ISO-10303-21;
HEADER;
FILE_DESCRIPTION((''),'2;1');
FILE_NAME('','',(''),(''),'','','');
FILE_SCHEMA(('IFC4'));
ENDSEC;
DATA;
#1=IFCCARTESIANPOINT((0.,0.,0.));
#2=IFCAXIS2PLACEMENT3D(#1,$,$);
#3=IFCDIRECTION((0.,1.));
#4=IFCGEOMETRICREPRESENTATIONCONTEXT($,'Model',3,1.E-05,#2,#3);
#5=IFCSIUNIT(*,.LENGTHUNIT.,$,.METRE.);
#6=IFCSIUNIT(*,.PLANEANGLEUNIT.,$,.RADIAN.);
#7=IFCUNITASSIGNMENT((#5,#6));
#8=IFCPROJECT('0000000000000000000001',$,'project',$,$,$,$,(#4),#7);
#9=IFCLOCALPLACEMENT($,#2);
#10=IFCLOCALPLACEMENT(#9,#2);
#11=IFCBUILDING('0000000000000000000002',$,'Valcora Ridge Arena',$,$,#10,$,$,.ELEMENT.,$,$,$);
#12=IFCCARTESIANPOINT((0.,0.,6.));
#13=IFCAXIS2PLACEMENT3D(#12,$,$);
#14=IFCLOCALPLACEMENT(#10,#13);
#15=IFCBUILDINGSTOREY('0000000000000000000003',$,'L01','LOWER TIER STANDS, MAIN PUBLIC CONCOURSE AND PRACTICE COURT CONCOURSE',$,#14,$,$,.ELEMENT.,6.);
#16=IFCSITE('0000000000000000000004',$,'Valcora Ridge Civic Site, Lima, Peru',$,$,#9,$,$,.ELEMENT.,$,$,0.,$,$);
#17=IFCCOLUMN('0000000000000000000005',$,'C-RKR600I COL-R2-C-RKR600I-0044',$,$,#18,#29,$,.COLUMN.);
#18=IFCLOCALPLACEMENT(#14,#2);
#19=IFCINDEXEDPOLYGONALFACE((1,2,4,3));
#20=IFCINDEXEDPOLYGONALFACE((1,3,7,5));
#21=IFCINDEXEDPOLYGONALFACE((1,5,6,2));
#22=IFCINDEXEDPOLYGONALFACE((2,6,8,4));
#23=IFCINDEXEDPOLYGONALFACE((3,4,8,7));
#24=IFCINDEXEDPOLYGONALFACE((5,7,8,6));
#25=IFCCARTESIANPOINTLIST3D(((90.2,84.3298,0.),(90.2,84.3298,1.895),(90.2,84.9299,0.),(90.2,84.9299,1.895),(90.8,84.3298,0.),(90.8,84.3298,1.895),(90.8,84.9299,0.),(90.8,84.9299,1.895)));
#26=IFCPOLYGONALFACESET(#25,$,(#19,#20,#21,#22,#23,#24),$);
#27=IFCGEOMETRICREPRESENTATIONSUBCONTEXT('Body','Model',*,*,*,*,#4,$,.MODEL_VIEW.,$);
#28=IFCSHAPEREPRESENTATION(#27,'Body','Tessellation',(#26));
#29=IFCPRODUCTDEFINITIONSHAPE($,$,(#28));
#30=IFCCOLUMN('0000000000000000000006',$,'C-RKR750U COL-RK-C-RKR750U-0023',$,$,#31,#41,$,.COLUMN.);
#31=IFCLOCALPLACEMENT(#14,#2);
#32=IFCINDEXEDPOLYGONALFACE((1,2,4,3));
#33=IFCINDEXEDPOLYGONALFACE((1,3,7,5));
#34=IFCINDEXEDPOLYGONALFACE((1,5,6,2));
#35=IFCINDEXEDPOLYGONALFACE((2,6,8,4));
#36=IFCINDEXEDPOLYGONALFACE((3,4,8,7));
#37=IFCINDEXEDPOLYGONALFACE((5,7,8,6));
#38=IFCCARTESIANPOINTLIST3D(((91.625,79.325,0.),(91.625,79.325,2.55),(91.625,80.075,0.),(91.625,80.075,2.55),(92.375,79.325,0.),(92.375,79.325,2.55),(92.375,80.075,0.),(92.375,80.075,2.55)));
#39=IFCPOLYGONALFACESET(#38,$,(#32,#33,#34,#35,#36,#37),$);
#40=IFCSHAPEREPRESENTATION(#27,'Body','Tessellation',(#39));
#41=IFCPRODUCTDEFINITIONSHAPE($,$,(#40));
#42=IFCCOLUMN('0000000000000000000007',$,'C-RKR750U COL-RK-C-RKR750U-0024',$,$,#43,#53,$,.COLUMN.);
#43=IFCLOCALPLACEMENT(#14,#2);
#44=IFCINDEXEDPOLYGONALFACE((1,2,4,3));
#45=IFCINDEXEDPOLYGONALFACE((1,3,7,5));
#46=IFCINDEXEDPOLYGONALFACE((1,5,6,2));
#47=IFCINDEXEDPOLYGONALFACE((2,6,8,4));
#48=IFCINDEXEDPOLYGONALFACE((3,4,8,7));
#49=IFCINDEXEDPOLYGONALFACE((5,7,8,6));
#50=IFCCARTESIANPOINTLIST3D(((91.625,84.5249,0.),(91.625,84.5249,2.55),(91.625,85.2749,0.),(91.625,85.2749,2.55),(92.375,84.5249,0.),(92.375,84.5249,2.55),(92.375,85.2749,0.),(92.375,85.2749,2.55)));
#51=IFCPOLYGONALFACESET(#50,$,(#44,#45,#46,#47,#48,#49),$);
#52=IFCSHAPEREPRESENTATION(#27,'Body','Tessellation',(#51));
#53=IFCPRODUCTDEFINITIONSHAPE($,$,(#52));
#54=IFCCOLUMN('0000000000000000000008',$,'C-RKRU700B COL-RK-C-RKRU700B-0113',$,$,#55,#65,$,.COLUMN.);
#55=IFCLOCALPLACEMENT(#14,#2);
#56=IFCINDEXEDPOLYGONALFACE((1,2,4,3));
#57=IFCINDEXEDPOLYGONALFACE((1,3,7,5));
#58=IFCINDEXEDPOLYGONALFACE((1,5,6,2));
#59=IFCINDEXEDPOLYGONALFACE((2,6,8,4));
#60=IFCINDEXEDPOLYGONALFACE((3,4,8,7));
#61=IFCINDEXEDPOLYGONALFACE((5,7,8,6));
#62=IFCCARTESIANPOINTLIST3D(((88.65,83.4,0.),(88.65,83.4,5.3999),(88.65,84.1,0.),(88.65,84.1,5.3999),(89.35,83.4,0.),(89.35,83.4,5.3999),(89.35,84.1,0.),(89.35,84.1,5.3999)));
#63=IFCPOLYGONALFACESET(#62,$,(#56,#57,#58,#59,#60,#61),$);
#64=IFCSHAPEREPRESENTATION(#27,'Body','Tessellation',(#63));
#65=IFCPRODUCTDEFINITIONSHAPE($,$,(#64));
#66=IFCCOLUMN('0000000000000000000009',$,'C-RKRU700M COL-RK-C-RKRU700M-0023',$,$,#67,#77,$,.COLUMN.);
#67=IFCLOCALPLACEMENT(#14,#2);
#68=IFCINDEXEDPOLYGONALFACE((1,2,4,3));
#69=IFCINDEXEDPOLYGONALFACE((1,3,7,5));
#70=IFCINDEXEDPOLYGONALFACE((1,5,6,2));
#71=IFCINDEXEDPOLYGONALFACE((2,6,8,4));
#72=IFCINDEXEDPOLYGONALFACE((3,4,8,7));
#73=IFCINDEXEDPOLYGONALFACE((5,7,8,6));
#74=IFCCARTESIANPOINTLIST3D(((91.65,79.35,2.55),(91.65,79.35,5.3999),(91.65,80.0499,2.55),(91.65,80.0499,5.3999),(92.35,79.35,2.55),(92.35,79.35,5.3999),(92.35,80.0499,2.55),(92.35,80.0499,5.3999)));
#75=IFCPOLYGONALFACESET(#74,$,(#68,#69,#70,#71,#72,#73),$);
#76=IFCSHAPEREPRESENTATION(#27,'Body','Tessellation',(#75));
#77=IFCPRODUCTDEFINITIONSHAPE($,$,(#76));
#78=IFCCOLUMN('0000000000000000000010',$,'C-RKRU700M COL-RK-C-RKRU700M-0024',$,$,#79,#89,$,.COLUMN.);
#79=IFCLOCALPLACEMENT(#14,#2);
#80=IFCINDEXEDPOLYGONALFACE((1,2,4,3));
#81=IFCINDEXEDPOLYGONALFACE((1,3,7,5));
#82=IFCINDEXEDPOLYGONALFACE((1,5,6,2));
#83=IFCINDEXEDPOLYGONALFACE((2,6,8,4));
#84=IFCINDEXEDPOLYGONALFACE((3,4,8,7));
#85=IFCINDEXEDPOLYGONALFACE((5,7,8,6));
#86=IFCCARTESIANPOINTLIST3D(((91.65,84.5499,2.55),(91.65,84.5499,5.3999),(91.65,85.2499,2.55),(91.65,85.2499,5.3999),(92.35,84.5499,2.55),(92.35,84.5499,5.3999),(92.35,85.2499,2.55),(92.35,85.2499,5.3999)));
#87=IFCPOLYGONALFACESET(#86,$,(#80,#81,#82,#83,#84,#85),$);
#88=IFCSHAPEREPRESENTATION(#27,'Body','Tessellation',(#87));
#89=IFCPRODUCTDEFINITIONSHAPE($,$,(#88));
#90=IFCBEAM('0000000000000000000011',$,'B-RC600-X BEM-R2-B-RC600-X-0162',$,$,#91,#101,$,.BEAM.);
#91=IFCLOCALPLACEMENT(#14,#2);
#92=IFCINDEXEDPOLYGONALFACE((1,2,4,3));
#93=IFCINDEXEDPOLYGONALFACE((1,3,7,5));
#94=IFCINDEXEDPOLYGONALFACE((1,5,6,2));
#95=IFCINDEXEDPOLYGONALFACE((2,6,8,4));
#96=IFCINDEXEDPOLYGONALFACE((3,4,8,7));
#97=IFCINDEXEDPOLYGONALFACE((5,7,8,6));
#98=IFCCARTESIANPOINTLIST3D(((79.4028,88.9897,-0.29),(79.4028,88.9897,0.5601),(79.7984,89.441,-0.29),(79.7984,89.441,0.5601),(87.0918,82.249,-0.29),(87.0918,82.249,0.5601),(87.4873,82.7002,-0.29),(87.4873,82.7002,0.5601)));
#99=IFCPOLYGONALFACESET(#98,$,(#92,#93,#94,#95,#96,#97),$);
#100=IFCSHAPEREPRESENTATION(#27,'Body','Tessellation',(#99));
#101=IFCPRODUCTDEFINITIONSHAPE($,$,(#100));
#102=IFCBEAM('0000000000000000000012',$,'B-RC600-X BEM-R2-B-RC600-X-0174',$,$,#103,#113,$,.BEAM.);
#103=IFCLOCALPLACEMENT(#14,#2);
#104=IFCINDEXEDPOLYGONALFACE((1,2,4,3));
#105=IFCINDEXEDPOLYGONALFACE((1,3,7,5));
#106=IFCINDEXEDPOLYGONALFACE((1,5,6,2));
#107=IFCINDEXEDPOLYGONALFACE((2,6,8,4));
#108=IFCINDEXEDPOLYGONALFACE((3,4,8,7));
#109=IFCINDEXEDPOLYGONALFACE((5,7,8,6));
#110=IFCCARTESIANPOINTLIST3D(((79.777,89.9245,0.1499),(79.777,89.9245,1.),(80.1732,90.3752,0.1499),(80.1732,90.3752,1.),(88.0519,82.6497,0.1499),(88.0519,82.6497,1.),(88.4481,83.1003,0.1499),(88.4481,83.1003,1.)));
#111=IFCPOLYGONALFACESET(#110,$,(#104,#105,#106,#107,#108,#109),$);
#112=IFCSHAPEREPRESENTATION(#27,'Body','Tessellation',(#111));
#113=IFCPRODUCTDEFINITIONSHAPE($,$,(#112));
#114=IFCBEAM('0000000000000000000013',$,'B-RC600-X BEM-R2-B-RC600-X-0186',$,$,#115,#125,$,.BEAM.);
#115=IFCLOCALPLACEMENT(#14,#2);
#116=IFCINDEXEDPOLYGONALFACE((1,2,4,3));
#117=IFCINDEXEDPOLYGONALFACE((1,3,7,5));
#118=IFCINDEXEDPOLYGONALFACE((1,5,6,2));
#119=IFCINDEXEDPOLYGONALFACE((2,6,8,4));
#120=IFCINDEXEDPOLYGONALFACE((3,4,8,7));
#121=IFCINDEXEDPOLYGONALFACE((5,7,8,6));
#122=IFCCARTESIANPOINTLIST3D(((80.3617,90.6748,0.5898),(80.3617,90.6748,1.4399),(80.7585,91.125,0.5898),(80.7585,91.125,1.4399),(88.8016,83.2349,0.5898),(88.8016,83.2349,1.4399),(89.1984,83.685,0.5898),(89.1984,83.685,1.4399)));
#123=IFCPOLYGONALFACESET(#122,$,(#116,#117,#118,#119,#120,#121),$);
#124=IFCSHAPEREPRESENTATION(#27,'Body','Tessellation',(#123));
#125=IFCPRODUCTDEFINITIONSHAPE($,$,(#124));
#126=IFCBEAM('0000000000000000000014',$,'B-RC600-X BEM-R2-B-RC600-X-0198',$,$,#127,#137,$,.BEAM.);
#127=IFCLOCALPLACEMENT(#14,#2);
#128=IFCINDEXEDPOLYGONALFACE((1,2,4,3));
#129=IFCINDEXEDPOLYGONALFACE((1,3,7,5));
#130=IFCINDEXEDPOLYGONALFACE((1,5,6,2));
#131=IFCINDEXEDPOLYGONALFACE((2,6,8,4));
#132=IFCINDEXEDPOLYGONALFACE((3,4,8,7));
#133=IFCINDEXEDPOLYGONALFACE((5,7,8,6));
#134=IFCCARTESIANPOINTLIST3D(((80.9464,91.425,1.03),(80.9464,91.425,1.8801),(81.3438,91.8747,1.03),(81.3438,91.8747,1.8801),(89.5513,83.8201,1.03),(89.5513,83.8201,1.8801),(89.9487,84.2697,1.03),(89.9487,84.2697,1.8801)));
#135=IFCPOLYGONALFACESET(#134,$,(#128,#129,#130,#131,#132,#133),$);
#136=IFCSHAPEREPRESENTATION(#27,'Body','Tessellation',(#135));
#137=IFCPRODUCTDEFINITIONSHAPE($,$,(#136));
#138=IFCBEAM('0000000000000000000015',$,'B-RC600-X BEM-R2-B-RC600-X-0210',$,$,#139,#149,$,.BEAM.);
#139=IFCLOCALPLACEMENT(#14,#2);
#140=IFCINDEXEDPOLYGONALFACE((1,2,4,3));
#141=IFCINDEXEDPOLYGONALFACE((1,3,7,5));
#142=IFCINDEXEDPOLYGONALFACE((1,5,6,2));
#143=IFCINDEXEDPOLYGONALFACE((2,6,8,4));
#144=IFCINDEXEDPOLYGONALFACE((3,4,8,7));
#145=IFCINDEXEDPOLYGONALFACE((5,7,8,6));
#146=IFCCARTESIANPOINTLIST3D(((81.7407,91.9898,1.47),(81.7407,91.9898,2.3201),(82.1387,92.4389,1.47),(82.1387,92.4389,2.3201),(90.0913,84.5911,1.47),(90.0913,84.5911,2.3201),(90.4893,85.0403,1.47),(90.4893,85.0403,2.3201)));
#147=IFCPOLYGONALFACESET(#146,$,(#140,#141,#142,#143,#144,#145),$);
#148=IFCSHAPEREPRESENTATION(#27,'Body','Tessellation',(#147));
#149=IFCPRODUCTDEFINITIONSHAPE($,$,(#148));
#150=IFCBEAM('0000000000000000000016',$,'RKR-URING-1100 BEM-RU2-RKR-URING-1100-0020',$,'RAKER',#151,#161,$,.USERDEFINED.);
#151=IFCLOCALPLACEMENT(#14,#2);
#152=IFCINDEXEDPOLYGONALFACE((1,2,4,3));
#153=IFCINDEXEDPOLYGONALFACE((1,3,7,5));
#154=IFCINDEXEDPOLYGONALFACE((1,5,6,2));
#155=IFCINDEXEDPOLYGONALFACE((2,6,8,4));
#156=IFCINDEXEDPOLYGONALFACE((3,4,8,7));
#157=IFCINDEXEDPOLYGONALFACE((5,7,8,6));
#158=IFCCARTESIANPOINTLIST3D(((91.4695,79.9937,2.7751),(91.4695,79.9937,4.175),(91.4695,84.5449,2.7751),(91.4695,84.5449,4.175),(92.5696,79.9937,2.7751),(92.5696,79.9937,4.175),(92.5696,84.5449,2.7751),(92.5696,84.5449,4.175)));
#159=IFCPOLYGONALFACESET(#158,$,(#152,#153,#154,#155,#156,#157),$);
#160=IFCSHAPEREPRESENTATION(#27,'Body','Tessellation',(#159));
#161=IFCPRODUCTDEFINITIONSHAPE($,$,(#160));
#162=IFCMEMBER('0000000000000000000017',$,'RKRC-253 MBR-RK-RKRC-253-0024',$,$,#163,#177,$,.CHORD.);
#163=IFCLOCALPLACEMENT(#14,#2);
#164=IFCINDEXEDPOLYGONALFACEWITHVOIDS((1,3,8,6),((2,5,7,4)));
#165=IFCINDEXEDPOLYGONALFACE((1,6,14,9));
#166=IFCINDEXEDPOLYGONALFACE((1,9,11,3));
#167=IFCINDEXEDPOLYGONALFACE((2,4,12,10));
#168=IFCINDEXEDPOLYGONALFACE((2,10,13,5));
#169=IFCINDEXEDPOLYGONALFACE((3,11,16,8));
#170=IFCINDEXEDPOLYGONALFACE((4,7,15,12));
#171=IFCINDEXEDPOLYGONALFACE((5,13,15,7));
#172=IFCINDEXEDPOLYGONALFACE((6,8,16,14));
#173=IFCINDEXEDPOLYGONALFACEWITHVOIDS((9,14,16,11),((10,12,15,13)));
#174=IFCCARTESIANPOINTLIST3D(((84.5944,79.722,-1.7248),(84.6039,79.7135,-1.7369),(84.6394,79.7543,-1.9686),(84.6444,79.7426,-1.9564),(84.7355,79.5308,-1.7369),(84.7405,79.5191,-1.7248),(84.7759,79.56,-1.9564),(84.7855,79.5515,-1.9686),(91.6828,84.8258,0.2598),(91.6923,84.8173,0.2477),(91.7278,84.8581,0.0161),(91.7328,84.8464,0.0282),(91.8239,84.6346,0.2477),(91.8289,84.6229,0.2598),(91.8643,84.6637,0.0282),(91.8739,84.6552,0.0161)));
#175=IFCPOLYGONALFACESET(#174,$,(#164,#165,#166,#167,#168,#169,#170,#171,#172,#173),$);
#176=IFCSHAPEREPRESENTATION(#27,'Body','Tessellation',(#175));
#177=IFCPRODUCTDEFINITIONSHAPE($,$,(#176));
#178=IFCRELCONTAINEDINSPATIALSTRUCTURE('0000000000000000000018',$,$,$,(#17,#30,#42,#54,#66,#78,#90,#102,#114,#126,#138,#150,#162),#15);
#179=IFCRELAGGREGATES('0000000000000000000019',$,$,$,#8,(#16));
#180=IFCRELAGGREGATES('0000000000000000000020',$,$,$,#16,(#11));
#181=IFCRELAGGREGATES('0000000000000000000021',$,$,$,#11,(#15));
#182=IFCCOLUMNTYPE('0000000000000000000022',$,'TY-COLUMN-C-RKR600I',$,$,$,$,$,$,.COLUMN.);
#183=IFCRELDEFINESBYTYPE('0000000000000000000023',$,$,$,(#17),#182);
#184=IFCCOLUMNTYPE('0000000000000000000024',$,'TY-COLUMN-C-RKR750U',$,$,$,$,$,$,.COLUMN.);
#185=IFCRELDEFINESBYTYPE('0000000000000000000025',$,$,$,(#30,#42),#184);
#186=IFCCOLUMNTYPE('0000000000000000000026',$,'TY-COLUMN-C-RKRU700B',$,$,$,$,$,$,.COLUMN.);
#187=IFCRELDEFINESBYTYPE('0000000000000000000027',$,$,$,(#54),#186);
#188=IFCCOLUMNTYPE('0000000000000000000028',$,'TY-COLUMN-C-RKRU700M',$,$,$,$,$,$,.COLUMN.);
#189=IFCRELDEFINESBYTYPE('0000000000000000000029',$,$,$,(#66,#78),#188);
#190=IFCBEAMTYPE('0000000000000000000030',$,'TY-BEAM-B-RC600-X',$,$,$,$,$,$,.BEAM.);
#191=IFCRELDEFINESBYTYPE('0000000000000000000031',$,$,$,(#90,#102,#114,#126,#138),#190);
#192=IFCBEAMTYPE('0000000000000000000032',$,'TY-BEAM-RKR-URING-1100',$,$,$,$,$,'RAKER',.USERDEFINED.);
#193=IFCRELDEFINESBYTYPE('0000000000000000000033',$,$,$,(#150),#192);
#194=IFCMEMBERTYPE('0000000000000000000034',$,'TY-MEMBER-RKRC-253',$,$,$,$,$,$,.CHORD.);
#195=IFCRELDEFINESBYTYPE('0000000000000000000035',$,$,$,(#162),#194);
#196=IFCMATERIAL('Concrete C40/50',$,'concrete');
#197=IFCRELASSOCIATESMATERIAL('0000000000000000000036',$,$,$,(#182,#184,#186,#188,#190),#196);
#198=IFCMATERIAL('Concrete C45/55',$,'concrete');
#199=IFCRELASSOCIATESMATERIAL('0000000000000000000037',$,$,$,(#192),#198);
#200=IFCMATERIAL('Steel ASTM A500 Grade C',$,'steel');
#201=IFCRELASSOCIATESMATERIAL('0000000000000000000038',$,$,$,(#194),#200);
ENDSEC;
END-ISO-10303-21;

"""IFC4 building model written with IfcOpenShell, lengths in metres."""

from ifc_helpers import new_model, si_unit, direction, frame, origin, origin_2d, place, context, subcontext, project, spatial, rectangle, hollow_rectangle, extrude, material, material_profile, profile_set, type_object, element, save


model = new_model("IFC4")

# Units and contexts
model_context = context("Model", 3, precision=1e-05, world=origin(), true_north=direction((0.0, 1.0)))
body_context = subcontext(model_context, "Body", "Model", "MODEL_VIEW")
ifc_project = project(units=[si_unit("LENGTHUNIT", "METRE"), si_unit("PLANEANGLEUNIT", "RADIAN")], contexts=[model_context])

# Site, building, storey
site_placement = place(None, origin())
site = spatial("IfcSite", under=ifc_project, at=site_placement, Name="Valcora Ridge Civic Site, Lima, Peru", CompositionType="ELEMENT", RefElevation=0.0)
building_placement = place(site_placement, origin())
building = spatial("IfcBuilding", under=site, at=building_placement, Name="Valcora Ridge Arena", CompositionType="ELEMENT")
storey_placement = place(building_placement, frame((0.0, 0.0, 6.0)))
storey = spatial("IfcBuildingStorey", under=building, at=storey_placement, Name="L01", Description="LOWER TIER STANDS, MAIN PUBLIC CONCOURSE AND PRACTICE COURT CONCOURSE", CompositionType="ELEMENT", Elevation=6.0)

# Columns
ifc_material_1 = material(Name="Concrete C40/50", Category="concrete")
ifc_material_profile_1 = material_profile(ifc_material_1, rectangle(XDim=0.6001, YDim=0.6001, at=origin_2d()), Name="RC 600x600")
ifc_profile_set_1 = profile_set([ifc_material_profile_1], Name="Concrete C40/50")
column_type_1 = type_object("IfcColumnType", Name="TY-COLUMN-C-RKR600I", PredefinedType="COLUMN", material=ifc_profile_set_1)
column_1_placement = place(storey_placement, frame((90.5, 84.6299, 0.0), z_axis=(0.0, 0.0, 1.0), x_axis=(1.0, 0.0, 0.0)))
element("IfcColumn", 1, at=column_1_placement, inside=storey, type_object=column_type_1, Name="C-RKR600I COL-R2-C-RKR600I-0044", PredefinedType="COLUMN", context=body_context, shape_type="SweptSolid", body=[
    extrude(rectangle(XDim=0.6001, YDim=0.6001, at=origin_2d()), origin(), (0.0, 0.0, 1.0), 1.895),
])
ifc_material_profile_2 = material_profile(ifc_material_1, rectangle(XDim=0.75, YDim=0.75, at=origin_2d()), Name="RC 750x750")
ifc_profile_set_2 = profile_set([ifc_material_profile_2], Name="Concrete C40/50")
column_type_2 = type_object("IfcColumnType", Name="TY-COLUMN-C-RKR750U", PredefinedType="COLUMN", material=ifc_profile_set_2)
for number, where, z_axis, x_axis, name in (
    (2, (92.0, 79.7, 0.0), (0.0, 0.0, 1.0), (1.0, 0.0, 0.0), "C-RKR750U COL-RK-C-RKR750U-0023"),
    (3, (92.0, 84.8999, 0.0), (0.0, 0.0, 1.0), (1.0, 0.0, 0.0), "C-RKR750U COL-RK-C-RKR750U-0024"),
):
    element("IfcColumn", number, at=place(storey_placement, frame(where, z_axis=z_axis, x_axis=x_axis)), inside=storey, type_object=column_type_2, Name=name, PredefinedType="COLUMN", context=body_context, shape_type="SweptSolid", body=[
        extrude(rectangle(XDim=0.75, YDim=0.75, at=origin_2d()), origin(), (0.0, 0.0, 1.0), 2.55),
    ])
ifc_material_profile_3 = material_profile(ifc_material_1, rectangle(XDim=0.7, YDim=0.7, at=origin_2d()), Name="RC 700x700")
ifc_profile_set_3 = profile_set([ifc_material_profile_3], Name="Concrete C40/50")
column_type_3 = type_object("IfcColumnType", Name="TY-COLUMN-C-RKRU700B", PredefinedType="COLUMN", material=ifc_profile_set_3)
column_2_placement = place(storey_placement, frame((89.0, 83.75, 0.0), z_axis=(0.0, 0.0, 1.0), x_axis=(1.0, 0.0, 0.0)))
element("IfcColumn", 4, at=column_2_placement, inside=storey, type_object=column_type_3, Name="C-RKRU700B COL-RK-C-RKRU700B-0113", PredefinedType="COLUMN", context=body_context, shape_type="SweptSolid", body=[
    extrude(rectangle(XDim=0.7, YDim=0.7, at=origin_2d()), origin(), (0.0, 0.0, 1.0), 5.3999),
])
ifc_material_profile_4 = material_profile(ifc_material_1, rectangle(XDim=0.7, YDim=0.7, at=origin_2d()), Name="RC 700x700")
ifc_profile_set_4 = profile_set([ifc_material_profile_4], Name="Concrete C40/50")
column_type_4 = type_object("IfcColumnType", Name="TY-COLUMN-C-RKRU700M", PredefinedType="COLUMN", material=ifc_profile_set_4)
for number, where, z_axis, x_axis, name in (
    (5, (92.0, 79.7, 2.55), (0.0, 0.0, 1.0), (1.0, 0.0, 0.0), "C-RKRU700M COL-RK-C-RKRU700M-0023"),
    (6, (92.0, 84.8999, 2.55), (0.0, 0.0, 1.0), (1.0, 0.0, 0.0), "C-RKRU700M COL-RK-C-RKRU700M-0024"),
):
    element("IfcColumn", number, at=place(storey_placement, frame(where, z_axis=z_axis, x_axis=x_axis)), inside=storey, type_object=column_type_4, Name=name, PredefinedType="COLUMN", context=body_context, shape_type="SweptSolid", body=[
        extrude(rectangle(XDim=0.7, YDim=0.7, at=origin_2d()), origin(), (0.0, 0.0, 1.0), 2.8499),
    ])

# Beams
ifc_material_profile_5 = material_profile(ifc_material_1, rectangle(XDim=0.6001, YDim=0.8501, at=origin_2d()), Name="RC 600x850")
ifc_profile_set_5 = profile_set([ifc_material_profile_5], Name="Concrete C40/50")
beam_type_1 = type_object("IfcBeamType", Name="TY-BEAM-B-RC600-X", PredefinedType="BEAM", material=ifc_profile_set_5)
beam_1_placement = place(storey_placement, frame((87.2896, 82.4746, 0.135), z_axis=(-0.751952, 0.659218, 0.0), x_axis=(-0.659218, -0.751952, 0.0)))
element("IfcBeam", 7, at=beam_1_placement, inside=storey, type_object=beam_type_1, Name="B-RC600-X BEM-R2-B-RC600-X-0162", PredefinedType="BEAM", context=body_context, shape_type="SweptSolid", body=[
    extrude(rectangle(XDim=0.6001, YDim=0.8501, at=origin_2d()), origin(), (0.0, 0.0, 1.0), 10.2253),
])
beam_2_placement = place(storey_placement, frame((88.25, 82.875, 0.575), z_axis=(-0.751029, 0.660269, 0.0), x_axis=(-0.660269, -0.751029, 0.0)))
element("IfcBeam", 8, at=beam_2_placement, inside=storey, type_object=beam_type_1, Name="B-RC600-X BEM-R2-B-RC600-X-0174", PredefinedType="BEAM", context=body_context, shape_type="SweptSolid", body=[
    extrude(rectangle(XDim=0.6001, YDim=0.8501, at=origin_2d()), origin(), (0.0, 0.0, 1.0), 11.0181),
])
beam_3_placement = place(storey_placement, frame((89.0, 83.46, 1.0149), z_axis=(-0.750149, 0.661268, 0.0), x_axis=(-0.661268, -0.750149, 0.0)))
element("IfcBeam", 9, at=beam_3_placement, inside=storey, type_object=beam_type_1, Name="B-RC600-X BEM-R2-B-RC600-X-0186", PredefinedType="BEAM", context=body_context, shape_type="SweptSolid", body=[
    extrude(rectangle(XDim=0.6001, YDim=0.8501, at=origin_2d()), origin(), (0.0, 0.0, 1.0), 11.251),
])
beam_4_placement = place(storey_placement, frame((89.75, 84.0449, 1.4551), z_axis=(-0.749304, 0.662226, 0.0), x_axis=(-0.662226, -0.749304, 0.0)))
element("IfcBeam", 10, at=beam_4_placement, inside=storey, type_object=beam_type_1, Name="B-RC600-X BEM-R2-B-RC600-X-0198", PredefinedType="BEAM", context=body_context, shape_type="SweptSolid", body=[
    extrude(rectangle(XDim=0.6001, YDim=0.8501, at=origin_2d()), origin(), (0.0, 0.0, 1.0), 11.4839),
])
beam_5_placement = place(storey_placement, frame((90.2903, 84.8157, 1.895), z_axis=(-0.748479, 0.663158, 0.0), x_axis=(-0.663158, -0.748479, 0.0)))
element("IfcBeam", 11, at=beam_5_placement, inside=storey, type_object=beam_type_1, Name="B-RC600-X BEM-R2-B-RC600-X-0210", PredefinedType="BEAM", context=body_context, shape_type="SweptSolid", body=[
    extrude(rectangle(XDim=0.6001, YDim=0.8501, at=origin_2d()), origin(), (0.0, 0.0, 1.0), 11.1567),
])
ifc_material_2 = material(Name="Concrete C45/55", Category="concrete")
ifc_material_profile_6 = material_profile(ifc_material_2, rectangle(XDim=1.1001, YDim=1.3999, at=origin_2d()), Name="RC 1100x1400")
ifc_profile_set_6 = profile_set([ifc_material_profile_6], Name="Concrete C45/55")
beam_type_2 = type_object("IfcBeamType", Name="TY-BEAM-RKR-URING-1100", ElementType="RAKER", PredefinedType="USERDEFINED", material=ifc_profile_set_6)
beam_6_placement = place(storey_placement, frame((92.0195, 79.9937, 3.4751), z_axis=(0.0, 1.0, 0.0), x_axis=(-1.0, 0.0, 0.0)))
element("IfcBeam", 12, at=beam_6_placement, inside=storey, type_object=beam_type_2, Name="RKR-URING-1100 BEM-RU2-RKR-URING-1100-0020", ObjectType="RAKER", PredefinedType="USERDEFINED", context=body_context, shape_type="SweptSolid", body=[
    extrude(rectangle(XDim=1.1001, YDim=1.3999, at=origin_2d()), origin(), (0.0, 0.0, 1.0), 4.5513),
])

# Member
ifc_material_3 = material(Name="Steel ASTM A500 Grade C", Category="steel")
ifc_material_profile_7 = material_profile(ifc_material_3, hollow_rectangle(XDim=0.25, YDim=0.25, WallThickness=0.0125, at=origin_2d()), Name="HSS250X250X12")
ifc_profile_set_7 = profile_set([ifc_material_profile_7], Name="Steel ASTM A500 Grade C")
member_type_1 = type_object("IfcMemberType", Name="TY-MEMBER-RKRC-253", PredefinedType="CHORD", material=ifc_profile_set_7)
member_1_placement = place(storey_placement, frame((84.6899, 79.6367, -1.8467), z_axis=(0.791357, 0.569791, 0.221566), x_axis=(-0.584314, 0.811527, 0.0)))
element("IfcMember", 13, at=member_1_placement, inside=storey, type_object=member_type_1, Name="RKRC-253 MBR-RK-RKRC-253-0024", PredefinedType="CHORD", context=body_context, shape_type="SweptSolid", body=[
    extrude(hollow_rectangle(XDim=0.25, YDim=0.25, WallThickness=0.0125, at=origin_2d()), origin(), (0.0, 0.0, 1.0), 8.9573),
])

save(model, "model.ifc")
